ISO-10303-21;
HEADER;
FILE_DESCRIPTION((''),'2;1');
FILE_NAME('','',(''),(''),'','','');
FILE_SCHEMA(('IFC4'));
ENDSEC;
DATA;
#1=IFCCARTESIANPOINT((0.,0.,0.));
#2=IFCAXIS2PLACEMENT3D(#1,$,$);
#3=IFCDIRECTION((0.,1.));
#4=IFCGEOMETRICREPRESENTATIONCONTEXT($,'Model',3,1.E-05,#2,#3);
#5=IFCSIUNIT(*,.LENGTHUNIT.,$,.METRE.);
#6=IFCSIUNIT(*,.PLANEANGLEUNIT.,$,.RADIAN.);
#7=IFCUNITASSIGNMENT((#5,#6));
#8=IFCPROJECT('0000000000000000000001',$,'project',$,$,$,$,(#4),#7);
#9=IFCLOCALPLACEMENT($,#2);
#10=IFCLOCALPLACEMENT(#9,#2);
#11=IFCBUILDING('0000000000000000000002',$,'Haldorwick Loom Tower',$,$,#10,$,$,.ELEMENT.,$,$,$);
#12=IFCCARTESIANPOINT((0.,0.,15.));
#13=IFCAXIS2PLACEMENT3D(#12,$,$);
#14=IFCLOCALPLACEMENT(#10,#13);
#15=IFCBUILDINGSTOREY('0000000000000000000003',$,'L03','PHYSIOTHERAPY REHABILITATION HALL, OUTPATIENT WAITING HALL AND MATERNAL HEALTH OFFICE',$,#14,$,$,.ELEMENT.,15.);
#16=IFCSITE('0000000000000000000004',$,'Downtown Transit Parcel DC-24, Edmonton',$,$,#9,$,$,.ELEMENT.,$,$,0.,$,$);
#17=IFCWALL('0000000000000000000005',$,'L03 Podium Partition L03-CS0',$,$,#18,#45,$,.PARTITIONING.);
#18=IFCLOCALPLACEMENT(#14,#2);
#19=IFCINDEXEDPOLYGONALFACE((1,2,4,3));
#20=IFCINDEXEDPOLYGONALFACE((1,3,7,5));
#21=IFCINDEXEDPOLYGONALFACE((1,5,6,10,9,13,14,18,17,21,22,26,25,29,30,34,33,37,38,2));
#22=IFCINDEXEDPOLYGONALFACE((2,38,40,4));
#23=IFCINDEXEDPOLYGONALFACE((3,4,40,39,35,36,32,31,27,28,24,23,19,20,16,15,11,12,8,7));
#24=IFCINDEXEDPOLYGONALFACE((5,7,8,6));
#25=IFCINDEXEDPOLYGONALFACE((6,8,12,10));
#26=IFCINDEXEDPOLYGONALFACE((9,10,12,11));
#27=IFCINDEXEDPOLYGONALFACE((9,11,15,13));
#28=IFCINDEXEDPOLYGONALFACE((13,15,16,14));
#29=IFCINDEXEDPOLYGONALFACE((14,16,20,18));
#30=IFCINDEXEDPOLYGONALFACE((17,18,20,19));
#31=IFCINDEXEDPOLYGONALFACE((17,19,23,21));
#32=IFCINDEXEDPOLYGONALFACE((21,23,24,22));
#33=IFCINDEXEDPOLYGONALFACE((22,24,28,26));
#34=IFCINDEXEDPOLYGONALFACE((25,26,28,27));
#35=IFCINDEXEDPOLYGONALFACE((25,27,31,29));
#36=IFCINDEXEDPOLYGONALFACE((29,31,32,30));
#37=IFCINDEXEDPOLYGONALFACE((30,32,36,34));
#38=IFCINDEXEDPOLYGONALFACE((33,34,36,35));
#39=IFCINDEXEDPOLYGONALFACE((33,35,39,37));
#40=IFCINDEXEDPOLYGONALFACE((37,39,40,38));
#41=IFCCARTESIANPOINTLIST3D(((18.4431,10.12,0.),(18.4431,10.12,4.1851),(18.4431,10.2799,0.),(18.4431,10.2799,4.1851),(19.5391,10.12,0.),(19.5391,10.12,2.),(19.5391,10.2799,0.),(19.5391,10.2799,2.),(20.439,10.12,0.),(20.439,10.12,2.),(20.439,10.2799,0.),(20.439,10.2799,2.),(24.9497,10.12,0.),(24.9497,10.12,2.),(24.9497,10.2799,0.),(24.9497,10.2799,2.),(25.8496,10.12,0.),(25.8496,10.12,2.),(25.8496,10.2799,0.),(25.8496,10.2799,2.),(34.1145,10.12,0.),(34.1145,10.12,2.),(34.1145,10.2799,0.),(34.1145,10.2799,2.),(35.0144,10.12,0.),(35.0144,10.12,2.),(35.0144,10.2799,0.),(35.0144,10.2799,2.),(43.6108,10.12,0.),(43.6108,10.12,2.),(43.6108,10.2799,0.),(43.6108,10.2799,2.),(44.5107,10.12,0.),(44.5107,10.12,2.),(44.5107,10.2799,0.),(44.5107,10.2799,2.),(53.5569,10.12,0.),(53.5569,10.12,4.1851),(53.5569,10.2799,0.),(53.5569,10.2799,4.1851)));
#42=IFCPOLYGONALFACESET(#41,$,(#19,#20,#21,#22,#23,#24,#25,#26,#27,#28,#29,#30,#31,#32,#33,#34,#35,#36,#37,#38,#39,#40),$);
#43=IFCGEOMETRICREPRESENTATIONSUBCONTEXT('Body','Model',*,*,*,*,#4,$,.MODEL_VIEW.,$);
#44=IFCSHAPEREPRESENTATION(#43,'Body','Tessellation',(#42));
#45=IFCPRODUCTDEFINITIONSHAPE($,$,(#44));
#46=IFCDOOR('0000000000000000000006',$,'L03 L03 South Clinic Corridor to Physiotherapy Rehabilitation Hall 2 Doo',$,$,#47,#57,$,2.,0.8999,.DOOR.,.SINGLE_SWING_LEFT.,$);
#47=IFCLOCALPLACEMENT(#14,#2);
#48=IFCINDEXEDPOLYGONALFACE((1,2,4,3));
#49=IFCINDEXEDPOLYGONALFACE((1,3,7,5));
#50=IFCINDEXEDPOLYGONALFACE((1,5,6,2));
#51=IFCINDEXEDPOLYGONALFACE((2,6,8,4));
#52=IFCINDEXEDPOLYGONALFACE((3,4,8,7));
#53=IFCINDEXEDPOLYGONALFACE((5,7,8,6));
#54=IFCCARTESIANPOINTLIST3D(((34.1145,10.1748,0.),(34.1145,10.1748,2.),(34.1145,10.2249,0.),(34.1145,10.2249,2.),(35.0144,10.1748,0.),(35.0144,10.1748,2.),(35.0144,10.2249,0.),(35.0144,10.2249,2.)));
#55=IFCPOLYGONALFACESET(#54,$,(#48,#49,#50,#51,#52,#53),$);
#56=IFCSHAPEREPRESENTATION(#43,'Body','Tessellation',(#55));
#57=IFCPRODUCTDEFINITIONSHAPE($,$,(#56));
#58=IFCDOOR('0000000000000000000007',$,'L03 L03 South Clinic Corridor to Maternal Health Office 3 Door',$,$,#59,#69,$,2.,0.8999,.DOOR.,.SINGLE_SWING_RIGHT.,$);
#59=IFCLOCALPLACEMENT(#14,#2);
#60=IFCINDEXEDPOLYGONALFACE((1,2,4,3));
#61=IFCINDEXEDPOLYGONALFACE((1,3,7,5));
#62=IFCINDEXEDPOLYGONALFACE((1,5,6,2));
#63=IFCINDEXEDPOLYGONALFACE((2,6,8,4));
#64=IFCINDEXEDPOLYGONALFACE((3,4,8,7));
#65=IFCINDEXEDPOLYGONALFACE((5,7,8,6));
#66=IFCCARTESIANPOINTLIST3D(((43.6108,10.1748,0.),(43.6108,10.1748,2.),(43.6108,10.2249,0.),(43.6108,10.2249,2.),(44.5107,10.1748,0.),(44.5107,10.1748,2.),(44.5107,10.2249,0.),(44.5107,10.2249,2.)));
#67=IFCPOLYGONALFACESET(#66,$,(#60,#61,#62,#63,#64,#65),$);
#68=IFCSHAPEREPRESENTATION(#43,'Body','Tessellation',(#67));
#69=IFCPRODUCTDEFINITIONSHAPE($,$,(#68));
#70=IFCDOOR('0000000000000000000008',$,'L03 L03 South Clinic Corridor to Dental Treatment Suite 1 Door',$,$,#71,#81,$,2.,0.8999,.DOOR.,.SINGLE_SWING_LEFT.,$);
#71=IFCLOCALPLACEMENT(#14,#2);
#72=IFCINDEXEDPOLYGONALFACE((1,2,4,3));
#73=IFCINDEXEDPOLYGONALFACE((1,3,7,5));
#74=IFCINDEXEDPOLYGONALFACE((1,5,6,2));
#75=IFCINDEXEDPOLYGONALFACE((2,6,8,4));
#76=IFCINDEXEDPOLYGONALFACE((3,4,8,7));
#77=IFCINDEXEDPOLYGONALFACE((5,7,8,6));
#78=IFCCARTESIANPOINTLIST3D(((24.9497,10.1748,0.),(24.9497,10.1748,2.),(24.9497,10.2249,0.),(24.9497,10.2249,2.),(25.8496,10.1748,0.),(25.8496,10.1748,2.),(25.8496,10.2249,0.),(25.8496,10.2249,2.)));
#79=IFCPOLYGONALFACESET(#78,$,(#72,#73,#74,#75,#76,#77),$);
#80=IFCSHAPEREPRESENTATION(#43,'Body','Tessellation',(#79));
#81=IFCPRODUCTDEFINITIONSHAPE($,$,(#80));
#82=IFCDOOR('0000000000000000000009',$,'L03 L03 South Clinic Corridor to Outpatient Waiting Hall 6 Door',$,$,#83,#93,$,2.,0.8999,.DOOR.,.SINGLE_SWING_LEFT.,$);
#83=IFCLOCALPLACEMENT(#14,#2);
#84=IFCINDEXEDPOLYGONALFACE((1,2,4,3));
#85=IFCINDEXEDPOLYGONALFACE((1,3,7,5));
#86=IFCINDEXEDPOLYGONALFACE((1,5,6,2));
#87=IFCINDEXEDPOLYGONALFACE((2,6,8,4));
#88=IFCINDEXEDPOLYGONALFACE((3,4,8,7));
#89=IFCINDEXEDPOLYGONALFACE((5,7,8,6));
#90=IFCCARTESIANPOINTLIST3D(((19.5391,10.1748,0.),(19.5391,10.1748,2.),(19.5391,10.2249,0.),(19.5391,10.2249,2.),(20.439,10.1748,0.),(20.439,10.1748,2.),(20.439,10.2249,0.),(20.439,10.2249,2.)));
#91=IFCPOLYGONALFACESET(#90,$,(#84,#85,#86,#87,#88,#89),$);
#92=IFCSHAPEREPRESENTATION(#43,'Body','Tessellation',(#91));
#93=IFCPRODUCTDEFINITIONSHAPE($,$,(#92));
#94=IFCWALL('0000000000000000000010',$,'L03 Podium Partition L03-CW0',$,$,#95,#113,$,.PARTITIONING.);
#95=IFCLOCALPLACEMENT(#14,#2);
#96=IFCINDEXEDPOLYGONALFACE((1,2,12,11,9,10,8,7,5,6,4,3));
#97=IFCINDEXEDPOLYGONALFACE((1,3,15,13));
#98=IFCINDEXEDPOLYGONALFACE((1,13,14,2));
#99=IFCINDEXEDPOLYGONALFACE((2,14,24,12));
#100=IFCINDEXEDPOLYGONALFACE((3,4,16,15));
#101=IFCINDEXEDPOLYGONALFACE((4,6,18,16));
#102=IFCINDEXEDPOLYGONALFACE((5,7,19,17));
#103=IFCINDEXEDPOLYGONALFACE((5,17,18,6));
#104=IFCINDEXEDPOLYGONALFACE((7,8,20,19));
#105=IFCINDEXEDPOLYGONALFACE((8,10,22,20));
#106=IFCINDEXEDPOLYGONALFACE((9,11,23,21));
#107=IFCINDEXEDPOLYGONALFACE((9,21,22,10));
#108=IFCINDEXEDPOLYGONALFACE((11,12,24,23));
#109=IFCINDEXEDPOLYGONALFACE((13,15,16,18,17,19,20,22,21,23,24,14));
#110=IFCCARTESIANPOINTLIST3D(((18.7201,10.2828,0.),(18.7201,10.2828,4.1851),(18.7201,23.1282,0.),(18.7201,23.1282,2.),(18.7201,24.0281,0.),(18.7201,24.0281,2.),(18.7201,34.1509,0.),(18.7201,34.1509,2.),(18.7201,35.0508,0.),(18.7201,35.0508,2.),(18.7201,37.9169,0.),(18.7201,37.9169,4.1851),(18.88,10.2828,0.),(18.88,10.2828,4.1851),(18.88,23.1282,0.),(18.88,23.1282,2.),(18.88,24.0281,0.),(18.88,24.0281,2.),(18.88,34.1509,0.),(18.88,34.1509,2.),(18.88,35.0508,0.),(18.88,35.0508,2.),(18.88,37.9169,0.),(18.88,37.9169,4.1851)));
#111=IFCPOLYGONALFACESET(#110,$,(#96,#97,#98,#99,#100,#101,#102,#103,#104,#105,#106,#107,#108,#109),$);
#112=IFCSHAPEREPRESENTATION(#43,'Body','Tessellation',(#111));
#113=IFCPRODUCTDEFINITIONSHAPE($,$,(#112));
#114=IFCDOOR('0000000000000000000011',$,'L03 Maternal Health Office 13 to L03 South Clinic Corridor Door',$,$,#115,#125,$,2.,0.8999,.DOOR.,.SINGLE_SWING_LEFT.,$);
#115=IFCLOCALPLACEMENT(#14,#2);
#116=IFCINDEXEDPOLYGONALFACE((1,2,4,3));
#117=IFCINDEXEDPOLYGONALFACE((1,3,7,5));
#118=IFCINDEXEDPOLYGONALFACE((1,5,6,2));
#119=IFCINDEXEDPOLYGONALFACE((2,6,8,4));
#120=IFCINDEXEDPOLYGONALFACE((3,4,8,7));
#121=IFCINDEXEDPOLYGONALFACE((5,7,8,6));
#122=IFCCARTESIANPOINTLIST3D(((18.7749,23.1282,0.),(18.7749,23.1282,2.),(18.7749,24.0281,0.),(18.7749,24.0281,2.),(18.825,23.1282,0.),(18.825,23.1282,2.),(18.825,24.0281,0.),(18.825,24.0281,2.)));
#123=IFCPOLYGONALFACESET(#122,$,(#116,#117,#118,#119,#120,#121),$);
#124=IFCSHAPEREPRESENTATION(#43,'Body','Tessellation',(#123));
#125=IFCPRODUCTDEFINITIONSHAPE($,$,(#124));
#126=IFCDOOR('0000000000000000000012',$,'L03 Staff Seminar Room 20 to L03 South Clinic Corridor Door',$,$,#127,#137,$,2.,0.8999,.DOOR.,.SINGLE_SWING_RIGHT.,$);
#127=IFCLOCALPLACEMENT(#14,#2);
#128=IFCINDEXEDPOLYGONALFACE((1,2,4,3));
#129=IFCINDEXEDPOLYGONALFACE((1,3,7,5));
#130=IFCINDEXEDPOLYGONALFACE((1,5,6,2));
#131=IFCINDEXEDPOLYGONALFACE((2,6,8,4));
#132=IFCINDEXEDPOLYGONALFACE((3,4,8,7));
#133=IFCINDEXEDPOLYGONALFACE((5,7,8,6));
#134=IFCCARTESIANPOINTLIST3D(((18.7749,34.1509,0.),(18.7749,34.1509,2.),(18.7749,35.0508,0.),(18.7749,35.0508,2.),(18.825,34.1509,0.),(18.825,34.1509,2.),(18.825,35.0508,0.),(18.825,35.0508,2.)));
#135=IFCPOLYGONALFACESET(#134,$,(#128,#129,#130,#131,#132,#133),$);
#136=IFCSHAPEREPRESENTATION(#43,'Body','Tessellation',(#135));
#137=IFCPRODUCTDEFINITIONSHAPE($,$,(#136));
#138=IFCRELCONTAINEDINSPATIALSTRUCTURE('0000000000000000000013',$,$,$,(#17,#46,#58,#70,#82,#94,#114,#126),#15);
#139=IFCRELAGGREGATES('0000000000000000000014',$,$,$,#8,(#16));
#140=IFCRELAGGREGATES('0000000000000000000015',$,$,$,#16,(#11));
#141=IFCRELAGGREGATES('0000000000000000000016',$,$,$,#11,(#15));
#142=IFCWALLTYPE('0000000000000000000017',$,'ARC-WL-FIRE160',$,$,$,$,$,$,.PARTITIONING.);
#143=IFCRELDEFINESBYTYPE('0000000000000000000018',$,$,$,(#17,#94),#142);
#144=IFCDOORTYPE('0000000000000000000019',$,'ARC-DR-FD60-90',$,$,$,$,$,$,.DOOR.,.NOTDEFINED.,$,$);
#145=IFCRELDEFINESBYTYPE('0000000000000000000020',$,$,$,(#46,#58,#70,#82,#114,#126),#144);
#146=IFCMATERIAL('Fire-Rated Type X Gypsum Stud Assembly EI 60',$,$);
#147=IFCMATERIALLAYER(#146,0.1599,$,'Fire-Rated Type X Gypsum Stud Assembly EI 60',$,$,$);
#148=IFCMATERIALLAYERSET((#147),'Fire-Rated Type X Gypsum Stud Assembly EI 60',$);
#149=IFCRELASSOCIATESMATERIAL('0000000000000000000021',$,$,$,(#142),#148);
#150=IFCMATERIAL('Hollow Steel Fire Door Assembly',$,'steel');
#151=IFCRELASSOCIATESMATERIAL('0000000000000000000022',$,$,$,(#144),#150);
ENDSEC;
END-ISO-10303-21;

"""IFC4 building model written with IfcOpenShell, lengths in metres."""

from ifc_helpers import new_model, si_unit, direction, frame, frame_2d, origin, place, context, subcontext, project, spatial, rectangle, extrude, material, layer, layer_set, type_object, element, fill, save


model = new_model("IFC4")

# Units and contexts
model_context = context("Model", 3, precision=1e-05, world=origin(), true_north=direction((0.0, 1.0)))
body_context = subcontext(model_context, "Body", "Model", "MODEL_VIEW")
ifc_project = project(units=[si_unit("LENGTHUNIT", "METRE"), si_unit("PLANEANGLEUNIT", "RADIAN")], contexts=[model_context])

# Site, building, storey
site_placement = place(None, origin())
site = spatial("IfcSite", under=ifc_project, at=site_placement, Name="Downtown Transit Parcel DC-24, Edmonton", CompositionType="ELEMENT", RefElevation=0.0)
building_placement = place(site_placement, origin())
building = spatial("IfcBuilding", under=site, at=building_placement, Name="Haldorwick Loom Tower", CompositionType="ELEMENT")
storey_placement = place(building_placement, frame((0.0, 0.0, 15.0)))
storey = spatial("IfcBuildingStorey", under=building, at=storey_placement, Name="L03", Description="PHYSIOTHERAPY REHABILITATION HALL, OUTPATIENT WAITING HALL AND MATERNAL HEALTH OFFICE", CompositionType="ELEMENT", Elevation=15.0)

# Walls, openings, doors
ifc_material_1 = material(Name="Fire-Rated Type X Gypsum Stud Assembly EI 60")
ifc_layer = layer(ifc_material_1, 0.1599, Name="Fire-Rated Type X Gypsum Stud Assembly EI 60")
ifc_layer_set = layer_set([ifc_layer], Name="Fire-Rated Type X Gypsum Stud Assembly EI 60")
wall_type = type_object("IfcWallType", Name="ARC-WL-FIRE160", PredefinedType="PARTITIONING", material=ifc_layer_set)
wall_1_placement = place(storey_placement, frame((18.4431, 10.2, 0.0), z_axis=(0.0, 0.0, 1.0), x_axis=(1.0, 0.0, 0.0)))
wall_1 = element("IfcWall", 1, at=wall_1_placement, inside=storey, type_object=wall_type, Name="L03 Podium Partition L03-CS0", PredefinedType="PARTITIONING", context=body_context, shape_type="SweptSolid", body=[
    extrude(rectangle(XDim=35.1138, YDim=0.1599, at=frame_2d((17.5569, 0.0))), origin(), (0.0, 0.0, 1.0), 4.1851),
])
opening_1_placement = place(wall_1_placement, frame((15.6714, 0.0, 0.0)))
opening_1 = element("IfcOpeningElement", 2, at=opening_1_placement, cuts=wall_1, PredefinedType="OPENING", context=body_context, shape_type="SweptSolid", body=[
    extrude(rectangle(XDim=0.8999, YDim=2.0, at=frame_2d((0.45, 1.0))), frame((0.0, 0.0898, 0.0), z_axis=(0.0, -1.0, 0.0), x_axis=(1.0, 0.0, 0.0)), (0.0, 0.0, 1.0), 0.1799),
])
opening_2_placement = place(wall_1_placement, frame((25.1677, 0.0, 0.0)))
opening_2 = element("IfcOpeningElement", 3, at=opening_2_placement, cuts=wall_1, PredefinedType="OPENING", context=body_context, shape_type="SweptSolid", body=[
    extrude(rectangle(XDim=0.8999, YDim=2.0, at=frame_2d((0.45, 1.0))), frame((0.0, 0.0898, 0.0), z_axis=(0.0, -1.0, 0.0), x_axis=(1.0, 0.0, 0.0)), (0.0, 0.0, 1.0), 0.1799),
])
opening_3_placement = place(wall_1_placement, frame((6.5066, 0.0, 0.0)))
opening_3 = element("IfcOpeningElement", 4, at=opening_3_placement, cuts=wall_1, PredefinedType="OPENING", context=body_context, shape_type="SweptSolid", body=[
    extrude(rectangle(XDim=0.8999, YDim=2.0, at=frame_2d((0.45, 1.0))), frame((0.0, 0.0898, 0.0), z_axis=(0.0, -1.0, 0.0), x_axis=(1.0, 0.0, 0.0)), (0.0, 0.0, 1.0), 0.1799),
])
opening_4_placement = place(wall_1_placement, frame((1.0959, 0.0, 0.0)))
opening_4 = element("IfcOpeningElement", 5, at=opening_4_placement, cuts=wall_1, PredefinedType="OPENING", context=body_context, shape_type="SweptSolid", body=[
    extrude(rectangle(XDim=0.8999, YDim=2.0, at=frame_2d((0.45, 1.0))), frame((0.0, 0.0898, 0.0), z_axis=(0.0, -1.0, 0.0), x_axis=(1.0, 0.0, 0.0)), (0.0, 0.0, 1.0), 0.1799),
])
ifc_material_2 = material(Name="Hollow Steel Fire Door Assembly", Category="steel")
door_type = type_object("IfcDoorType", Name="ARC-DR-FD60-90", OperationType="NOTDEFINED", PredefinedType="DOOR", material=ifc_material_2)
door_1_placement = place(opening_1_placement, origin())
door_1 = element("IfcDoor", 6, at=door_1_placement, inside=storey, type_object=door_type, Name="L03 L03 South Clinic Corridor to Physiotherapy Rehabilitation Hall 2 Doo", OperationType="SINGLE_SWING_LEFT", OverallHeight=2.0, OverallWidth=0.8999, PredefinedType="DOOR", context=body_context, shape_type="SweptSolid", body=[
    extrude(rectangle(XDim=0.8999, YDim=2.0, at=frame_2d((0.45, 1.0))), frame((0.0, 0.0249, 0.0), z_axis=(0.0, -1.0, 0.0), x_axis=(1.0, 0.0, 0.0)), (0.0, 0.0, 1.0), 0.05),
])
fill(opening_1, door_1)
door_2_placement = place(opening_2_placement, origin())
door_2 = element("IfcDoor", 7, at=door_2_placement, inside=storey, type_object=door_type, Name="L03 L03 South Clinic Corridor to Maternal Health Office 3 Door", OperationType="SINGLE_SWING_RIGHT", OverallHeight=2.0, OverallWidth=0.8999, PredefinedType="DOOR", context=body_context, shape_type="SweptSolid", body=[
    extrude(rectangle(XDim=0.8999, YDim=2.0, at=frame_2d((0.45, 1.0))), frame((0.0, 0.0249, 0.0), z_axis=(0.0, -1.0, 0.0), x_axis=(1.0, 0.0, 0.0)), (0.0, 0.0, 1.0), 0.05),
])
fill(opening_2, door_2)
door_3_placement = place(opening_3_placement, origin())
door_3 = element("IfcDoor", 8, at=door_3_placement, inside=storey, type_object=door_type, Name="L03 L03 South Clinic Corridor to Dental Treatment Suite 1 Door", OperationType="SINGLE_SWING_LEFT", OverallHeight=2.0, OverallWidth=0.8999, PredefinedType="DOOR", context=body_context, shape_type="SweptSolid", body=[
    extrude(rectangle(XDim=0.8999, YDim=2.0, at=frame_2d((0.45, 1.0))), frame((0.0, 0.0249, 0.0), z_axis=(0.0, -1.0, 0.0), x_axis=(1.0, 0.0, 0.0)), (0.0, 0.0, 1.0), 0.05),
])
fill(opening_3, door_3)
door_4_placement = place(opening_4_placement, origin())
door_4 = element("IfcDoor", 9, at=door_4_placement, inside=storey, type_object=door_type, Name="L03 L03 South Clinic Corridor to Outpatient Waiting Hall 6 Door", OperationType="SINGLE_SWING_LEFT", OverallHeight=2.0, OverallWidth=0.8999, PredefinedType="DOOR", context=body_context, shape_type="SweptSolid", body=[
    extrude(rectangle(XDim=0.8999, YDim=2.0, at=frame_2d((0.45, 1.0))), frame((0.0, 0.0249, 0.0), z_axis=(0.0, -1.0, 0.0), x_axis=(1.0, 0.0, 0.0)), (0.0, 0.0, 1.0), 0.05),
])
fill(opening_4, door_4)
wall_2_placement = place(storey_placement, frame((18.8, 10.283, 0.0), z_axis=(0.0, 0.0, 1.0), x_axis=(0.0, 1.0, 0.0)))
wall_2 = element("IfcWall", 10, at=wall_2_placement, inside=storey, type_object=wall_type, Name="L03 Podium Partition L03-CW0", PredefinedType="PARTITIONING", context=body_context, shape_type="SweptSolid", body=[
    extrude(rectangle(XDim=27.634, YDim=0.1599, at=frame_2d((13.8169, 0.0))), origin(), (0.0, 0.0, 1.0), 4.1851),
])
opening_5_placement = place(wall_2_placement, frame((12.8452, 0.0, 0.0)))
opening_5 = element("IfcOpeningElement", 11, at=opening_5_placement, cuts=wall_2, PredefinedType="OPENING", context=body_context, shape_type="SweptSolid", body=[
    extrude(rectangle(XDim=0.8999, YDim=2.0, at=frame_2d((0.45, 1.0))), frame((0.0, 0.0898, 0.0), z_axis=(0.0, -1.0, 0.0), x_axis=(1.0, 0.0, 0.0)), (0.0, 0.0, 1.0), 0.1799),
])
opening_6_placement = place(wall_2_placement, frame((23.8679, 0.0, 0.0)))
opening_6 = element("IfcOpeningElement", 12, at=opening_6_placement, cuts=wall_2, PredefinedType="OPENING", context=body_context, shape_type="SweptSolid", body=[
    extrude(rectangle(XDim=0.8999, YDim=2.0, at=frame_2d((0.45, 1.0))), frame((0.0, 0.0898, 0.0), z_axis=(0.0, -1.0, 0.0), x_axis=(1.0, 0.0, 0.0)), (0.0, 0.0, 1.0), 0.1799),
])
door_5_placement = place(opening_5_placement, frame((0.8999, 0.0, 0.0), z_axis=(0.0, 0.0, 1.0), x_axis=(-1.0, 0.0, 0.0)))
door_5 = element("IfcDoor", 13, at=door_5_placement, inside=storey, type_object=door_type, Name="L03 Maternal Health Office 13 to L03 South Clinic Corridor Door", OperationType="SINGLE_SWING_LEFT", OverallHeight=2.0, OverallWidth=0.8999, PredefinedType="DOOR", context=body_context, shape_type="SweptSolid", body=[
    extrude(rectangle(XDim=0.8999, YDim=2.0, at=frame_2d((0.45, 1.0))), frame((0.0, 0.0249, 0.0), z_axis=(0.0, -1.0, 0.0), x_axis=(1.0, 0.0, 0.0)), (0.0, 0.0, 1.0), 0.05),
])
fill(opening_5, door_5)
door_6_placement = place(opening_6_placement, frame((0.8999, 0.0, 0.0), z_axis=(0.0, 0.0, 1.0), x_axis=(-1.0, 0.0, 0.0)))
door_6 = element("IfcDoor", 14, at=door_6_placement, inside=storey, type_object=door_type, Name="L03 Staff Seminar Room 20 to L03 South Clinic Corridor Door", OperationType="SINGLE_SWING_RIGHT", OverallHeight=2.0, OverallWidth=0.8999, PredefinedType="DOOR", context=body_context, shape_type="SweptSolid", body=[
    extrude(rectangle(XDim=0.8999, YDim=2.0, at=frame_2d((0.45, 1.0))), frame((0.0, 0.0249, 0.0), z_axis=(0.0, -1.0, 0.0), x_axis=(1.0, 0.0, 0.0)), (0.0, 0.0, 1.0), 0.05),
])
fill(opening_6, door_6)

save(model, "model.ifc")
